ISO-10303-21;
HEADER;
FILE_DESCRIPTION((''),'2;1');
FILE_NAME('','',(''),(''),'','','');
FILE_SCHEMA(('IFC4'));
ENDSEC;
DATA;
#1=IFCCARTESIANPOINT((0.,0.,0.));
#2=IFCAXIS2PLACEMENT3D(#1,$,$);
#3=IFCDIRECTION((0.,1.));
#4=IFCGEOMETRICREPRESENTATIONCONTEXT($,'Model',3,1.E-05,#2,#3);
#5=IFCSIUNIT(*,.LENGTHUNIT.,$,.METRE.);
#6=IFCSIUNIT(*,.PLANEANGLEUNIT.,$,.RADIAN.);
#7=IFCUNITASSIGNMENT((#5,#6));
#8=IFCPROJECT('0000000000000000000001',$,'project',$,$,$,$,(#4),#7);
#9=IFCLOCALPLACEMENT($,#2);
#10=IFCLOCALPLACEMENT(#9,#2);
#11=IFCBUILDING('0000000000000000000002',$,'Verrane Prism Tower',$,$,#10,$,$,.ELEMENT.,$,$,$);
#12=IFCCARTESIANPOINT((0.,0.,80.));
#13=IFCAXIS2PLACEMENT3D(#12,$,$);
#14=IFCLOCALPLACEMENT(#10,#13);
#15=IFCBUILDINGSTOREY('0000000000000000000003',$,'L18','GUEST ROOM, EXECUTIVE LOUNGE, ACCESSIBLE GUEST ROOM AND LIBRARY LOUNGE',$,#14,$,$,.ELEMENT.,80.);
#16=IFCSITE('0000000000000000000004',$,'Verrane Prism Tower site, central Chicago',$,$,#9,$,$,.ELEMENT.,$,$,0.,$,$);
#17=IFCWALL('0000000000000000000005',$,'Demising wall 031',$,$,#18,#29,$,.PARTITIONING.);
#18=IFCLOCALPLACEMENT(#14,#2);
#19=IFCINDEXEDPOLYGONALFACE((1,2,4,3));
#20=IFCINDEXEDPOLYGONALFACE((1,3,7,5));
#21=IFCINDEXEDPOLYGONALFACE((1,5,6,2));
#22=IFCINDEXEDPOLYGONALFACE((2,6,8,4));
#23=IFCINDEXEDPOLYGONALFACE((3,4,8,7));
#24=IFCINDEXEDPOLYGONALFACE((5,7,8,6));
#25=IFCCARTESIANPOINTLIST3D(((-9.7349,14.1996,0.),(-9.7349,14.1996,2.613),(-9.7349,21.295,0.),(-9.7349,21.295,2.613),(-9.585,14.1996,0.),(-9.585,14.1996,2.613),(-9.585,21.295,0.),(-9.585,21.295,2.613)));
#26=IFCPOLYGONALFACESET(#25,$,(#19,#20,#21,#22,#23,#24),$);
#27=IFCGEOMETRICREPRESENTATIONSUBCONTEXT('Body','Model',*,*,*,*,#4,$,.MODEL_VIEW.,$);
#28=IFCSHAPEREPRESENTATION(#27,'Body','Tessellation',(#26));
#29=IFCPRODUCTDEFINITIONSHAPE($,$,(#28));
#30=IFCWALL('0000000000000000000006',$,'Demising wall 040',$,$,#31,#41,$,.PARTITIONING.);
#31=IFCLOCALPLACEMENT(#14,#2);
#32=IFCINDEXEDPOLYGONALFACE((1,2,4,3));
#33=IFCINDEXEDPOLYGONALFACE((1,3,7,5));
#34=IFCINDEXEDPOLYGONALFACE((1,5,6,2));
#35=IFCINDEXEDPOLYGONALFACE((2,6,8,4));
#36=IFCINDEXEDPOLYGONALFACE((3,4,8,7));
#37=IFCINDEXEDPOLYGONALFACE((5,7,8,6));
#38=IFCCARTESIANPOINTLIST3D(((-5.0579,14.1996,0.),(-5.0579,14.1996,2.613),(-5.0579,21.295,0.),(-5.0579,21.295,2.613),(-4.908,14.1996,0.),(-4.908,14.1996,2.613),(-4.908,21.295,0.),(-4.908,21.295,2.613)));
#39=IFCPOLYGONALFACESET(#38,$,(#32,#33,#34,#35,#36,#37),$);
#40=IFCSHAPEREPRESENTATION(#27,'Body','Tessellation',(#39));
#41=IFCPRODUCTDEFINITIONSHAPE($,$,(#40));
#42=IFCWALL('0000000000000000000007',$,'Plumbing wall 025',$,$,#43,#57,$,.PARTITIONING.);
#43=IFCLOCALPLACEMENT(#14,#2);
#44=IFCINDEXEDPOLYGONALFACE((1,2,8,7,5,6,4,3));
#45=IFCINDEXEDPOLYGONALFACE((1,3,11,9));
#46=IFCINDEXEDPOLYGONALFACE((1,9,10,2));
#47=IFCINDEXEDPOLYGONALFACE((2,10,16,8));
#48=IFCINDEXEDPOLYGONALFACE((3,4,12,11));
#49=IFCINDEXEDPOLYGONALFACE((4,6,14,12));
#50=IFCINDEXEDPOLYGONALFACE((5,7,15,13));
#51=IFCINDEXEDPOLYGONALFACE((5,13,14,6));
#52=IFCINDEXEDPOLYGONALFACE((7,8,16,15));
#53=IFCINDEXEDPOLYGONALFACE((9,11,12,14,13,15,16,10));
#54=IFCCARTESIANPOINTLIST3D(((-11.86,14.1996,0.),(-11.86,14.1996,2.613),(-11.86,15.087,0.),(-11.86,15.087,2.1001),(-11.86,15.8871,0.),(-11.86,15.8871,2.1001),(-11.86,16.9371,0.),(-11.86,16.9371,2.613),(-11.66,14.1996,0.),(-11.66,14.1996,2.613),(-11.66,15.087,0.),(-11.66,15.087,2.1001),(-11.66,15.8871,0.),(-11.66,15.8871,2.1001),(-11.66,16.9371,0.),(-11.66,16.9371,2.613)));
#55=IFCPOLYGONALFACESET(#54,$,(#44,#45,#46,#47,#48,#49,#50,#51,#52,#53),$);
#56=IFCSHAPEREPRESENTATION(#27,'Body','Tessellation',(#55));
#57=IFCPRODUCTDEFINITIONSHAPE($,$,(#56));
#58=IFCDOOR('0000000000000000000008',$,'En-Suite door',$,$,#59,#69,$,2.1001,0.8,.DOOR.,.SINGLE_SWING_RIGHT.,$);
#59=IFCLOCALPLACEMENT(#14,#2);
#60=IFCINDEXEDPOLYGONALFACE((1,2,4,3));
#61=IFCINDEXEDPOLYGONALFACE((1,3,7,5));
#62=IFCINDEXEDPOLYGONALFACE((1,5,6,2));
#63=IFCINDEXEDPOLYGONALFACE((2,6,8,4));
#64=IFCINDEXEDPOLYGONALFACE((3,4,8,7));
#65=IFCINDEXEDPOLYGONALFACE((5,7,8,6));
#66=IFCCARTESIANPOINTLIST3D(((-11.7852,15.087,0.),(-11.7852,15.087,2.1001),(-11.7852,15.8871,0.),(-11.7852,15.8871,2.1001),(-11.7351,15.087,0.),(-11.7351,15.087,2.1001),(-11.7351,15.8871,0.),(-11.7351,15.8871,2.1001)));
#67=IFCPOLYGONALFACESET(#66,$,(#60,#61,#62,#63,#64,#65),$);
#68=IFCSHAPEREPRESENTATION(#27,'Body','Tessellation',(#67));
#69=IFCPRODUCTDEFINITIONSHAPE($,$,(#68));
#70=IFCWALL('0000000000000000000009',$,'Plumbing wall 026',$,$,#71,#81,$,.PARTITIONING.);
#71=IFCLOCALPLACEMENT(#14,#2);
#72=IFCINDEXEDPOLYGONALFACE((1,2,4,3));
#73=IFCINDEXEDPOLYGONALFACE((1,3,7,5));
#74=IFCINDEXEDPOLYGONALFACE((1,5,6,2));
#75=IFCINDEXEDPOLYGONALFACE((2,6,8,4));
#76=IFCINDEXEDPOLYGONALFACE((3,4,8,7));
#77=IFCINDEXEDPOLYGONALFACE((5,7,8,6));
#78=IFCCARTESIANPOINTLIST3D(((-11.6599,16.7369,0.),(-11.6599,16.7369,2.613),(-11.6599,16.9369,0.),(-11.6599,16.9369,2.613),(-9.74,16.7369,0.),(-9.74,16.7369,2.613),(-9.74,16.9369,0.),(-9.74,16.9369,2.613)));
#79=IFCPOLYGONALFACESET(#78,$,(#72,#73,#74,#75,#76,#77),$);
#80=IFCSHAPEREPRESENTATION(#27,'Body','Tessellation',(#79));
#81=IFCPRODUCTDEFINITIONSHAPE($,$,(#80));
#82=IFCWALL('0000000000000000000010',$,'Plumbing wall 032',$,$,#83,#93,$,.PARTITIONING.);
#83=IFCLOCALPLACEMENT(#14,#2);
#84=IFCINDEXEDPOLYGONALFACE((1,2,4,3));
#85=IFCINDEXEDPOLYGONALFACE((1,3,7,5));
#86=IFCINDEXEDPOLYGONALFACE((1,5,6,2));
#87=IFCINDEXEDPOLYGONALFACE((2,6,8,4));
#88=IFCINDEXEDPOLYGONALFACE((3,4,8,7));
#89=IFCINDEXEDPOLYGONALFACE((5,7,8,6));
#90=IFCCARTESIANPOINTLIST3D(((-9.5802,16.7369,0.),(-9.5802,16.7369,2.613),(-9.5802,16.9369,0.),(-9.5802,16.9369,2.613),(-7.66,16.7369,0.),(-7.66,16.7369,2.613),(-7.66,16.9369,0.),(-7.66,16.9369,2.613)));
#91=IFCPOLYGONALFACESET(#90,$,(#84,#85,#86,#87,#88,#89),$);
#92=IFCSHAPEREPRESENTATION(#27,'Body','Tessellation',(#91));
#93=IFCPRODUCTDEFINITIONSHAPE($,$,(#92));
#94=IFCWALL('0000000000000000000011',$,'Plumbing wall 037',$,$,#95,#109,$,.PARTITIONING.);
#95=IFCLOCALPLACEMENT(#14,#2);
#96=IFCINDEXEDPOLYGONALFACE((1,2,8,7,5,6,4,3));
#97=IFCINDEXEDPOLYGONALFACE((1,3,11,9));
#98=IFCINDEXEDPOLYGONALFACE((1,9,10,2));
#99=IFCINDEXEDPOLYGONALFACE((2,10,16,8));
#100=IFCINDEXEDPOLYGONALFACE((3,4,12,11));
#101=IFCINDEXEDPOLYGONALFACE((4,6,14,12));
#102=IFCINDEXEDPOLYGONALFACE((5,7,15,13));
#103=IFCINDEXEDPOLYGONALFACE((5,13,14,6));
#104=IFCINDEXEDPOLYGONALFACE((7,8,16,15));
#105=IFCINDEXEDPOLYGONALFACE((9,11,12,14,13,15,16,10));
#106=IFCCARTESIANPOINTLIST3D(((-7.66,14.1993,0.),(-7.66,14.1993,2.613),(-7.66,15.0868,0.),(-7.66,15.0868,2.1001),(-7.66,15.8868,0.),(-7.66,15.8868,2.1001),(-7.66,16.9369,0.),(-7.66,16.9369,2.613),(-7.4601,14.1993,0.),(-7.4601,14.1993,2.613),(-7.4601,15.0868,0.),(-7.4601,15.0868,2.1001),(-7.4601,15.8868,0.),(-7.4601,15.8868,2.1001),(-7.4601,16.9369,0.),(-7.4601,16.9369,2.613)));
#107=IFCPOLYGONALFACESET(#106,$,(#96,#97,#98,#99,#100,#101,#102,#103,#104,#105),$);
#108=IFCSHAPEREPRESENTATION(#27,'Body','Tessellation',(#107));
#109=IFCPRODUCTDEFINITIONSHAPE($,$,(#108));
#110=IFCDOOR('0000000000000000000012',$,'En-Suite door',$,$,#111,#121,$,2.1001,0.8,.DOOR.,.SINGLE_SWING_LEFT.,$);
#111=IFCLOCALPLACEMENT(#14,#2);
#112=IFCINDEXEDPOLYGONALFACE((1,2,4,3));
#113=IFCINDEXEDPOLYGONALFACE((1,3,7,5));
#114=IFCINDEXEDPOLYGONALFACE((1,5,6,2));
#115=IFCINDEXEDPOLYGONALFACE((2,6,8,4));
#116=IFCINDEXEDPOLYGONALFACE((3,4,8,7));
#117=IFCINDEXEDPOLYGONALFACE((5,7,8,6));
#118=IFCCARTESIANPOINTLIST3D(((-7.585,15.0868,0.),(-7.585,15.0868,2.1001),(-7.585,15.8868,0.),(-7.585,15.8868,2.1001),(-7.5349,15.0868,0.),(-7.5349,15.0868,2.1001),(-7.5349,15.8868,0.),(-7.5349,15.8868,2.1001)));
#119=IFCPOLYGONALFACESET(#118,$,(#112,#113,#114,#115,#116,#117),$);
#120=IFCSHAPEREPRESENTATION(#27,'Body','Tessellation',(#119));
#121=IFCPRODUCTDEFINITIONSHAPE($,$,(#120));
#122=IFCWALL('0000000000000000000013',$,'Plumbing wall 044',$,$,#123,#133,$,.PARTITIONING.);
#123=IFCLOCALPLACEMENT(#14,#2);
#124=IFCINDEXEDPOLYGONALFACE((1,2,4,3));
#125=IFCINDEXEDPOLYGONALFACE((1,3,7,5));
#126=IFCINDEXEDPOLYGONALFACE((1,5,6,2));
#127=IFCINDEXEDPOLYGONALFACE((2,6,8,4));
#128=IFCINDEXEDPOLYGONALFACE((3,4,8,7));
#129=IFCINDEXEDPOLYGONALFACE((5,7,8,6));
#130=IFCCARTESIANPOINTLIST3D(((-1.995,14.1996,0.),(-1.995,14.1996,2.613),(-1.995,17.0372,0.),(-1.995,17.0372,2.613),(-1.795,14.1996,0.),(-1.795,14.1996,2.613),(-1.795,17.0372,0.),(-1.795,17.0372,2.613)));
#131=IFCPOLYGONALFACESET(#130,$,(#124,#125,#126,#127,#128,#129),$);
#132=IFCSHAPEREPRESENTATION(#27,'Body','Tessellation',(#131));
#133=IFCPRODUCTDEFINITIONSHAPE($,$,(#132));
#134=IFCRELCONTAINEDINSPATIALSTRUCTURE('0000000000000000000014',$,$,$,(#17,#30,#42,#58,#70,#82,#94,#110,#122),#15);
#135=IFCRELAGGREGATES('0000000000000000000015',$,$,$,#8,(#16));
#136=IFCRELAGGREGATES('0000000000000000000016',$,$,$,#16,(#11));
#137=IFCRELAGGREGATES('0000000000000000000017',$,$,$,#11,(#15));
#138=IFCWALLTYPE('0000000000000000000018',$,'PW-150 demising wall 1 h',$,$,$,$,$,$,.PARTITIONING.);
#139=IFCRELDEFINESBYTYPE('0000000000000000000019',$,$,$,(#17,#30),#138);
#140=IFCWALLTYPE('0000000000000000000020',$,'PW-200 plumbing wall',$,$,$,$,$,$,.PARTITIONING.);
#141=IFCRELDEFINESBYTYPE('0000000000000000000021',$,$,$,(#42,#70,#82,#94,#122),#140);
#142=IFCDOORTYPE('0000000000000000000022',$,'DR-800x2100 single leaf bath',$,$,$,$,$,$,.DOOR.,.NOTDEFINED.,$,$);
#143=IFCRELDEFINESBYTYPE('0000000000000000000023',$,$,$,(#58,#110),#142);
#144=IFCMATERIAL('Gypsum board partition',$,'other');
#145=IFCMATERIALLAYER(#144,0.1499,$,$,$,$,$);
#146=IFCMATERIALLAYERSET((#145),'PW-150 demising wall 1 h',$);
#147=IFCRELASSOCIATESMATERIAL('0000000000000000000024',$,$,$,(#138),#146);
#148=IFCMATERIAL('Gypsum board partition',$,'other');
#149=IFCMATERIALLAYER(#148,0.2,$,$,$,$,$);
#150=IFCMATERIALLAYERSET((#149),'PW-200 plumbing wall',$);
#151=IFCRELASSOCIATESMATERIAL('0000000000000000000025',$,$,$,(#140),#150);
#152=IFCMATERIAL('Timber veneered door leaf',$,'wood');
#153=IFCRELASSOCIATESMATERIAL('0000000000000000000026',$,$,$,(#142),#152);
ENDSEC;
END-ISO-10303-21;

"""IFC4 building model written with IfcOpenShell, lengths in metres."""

from ifc_helpers import new_model, si_unit, direction, frame, frame_2d, origin, place, context, subcontext, project, spatial, rectangle, extrude, material, layer, layer_set, type_object, element, fill, save


model = new_model("IFC4")

# Units and contexts
model_context = context("Model", 3, precision=1e-05, world=origin(), true_north=direction((0.0, 1.0)))
body_context = subcontext(model_context, "Body", "Model", "MODEL_VIEW")
ifc_project = project(units=[si_unit("LENGTHUNIT", "METRE"), si_unit("PLANEANGLEUNIT", "RADIAN")], contexts=[model_context])

# Site, building, storey
site_placement = place(None, origin())
site = spatial("IfcSite", under=ifc_project, at=site_placement, Name="Verrane Prism Tower site, central Chicago", CompositionType="ELEMENT", RefElevation=0.0)
building_placement = place(site_placement, origin())
building = spatial("IfcBuilding", under=site, at=building_placement, Name="Verrane Prism Tower", CompositionType="ELEMENT")
storey_placement = place(building_placement, frame((0.0, 0.0, 80.0)))
storey = spatial("IfcBuildingStorey", under=building, at=storey_placement, Name="L18", Description="GUEST ROOM, EXECUTIVE LOUNGE, ACCESSIBLE GUEST ROOM AND LIBRARY LOUNGE", CompositionType="ELEMENT", Elevation=80.0)

# Walls
ifc_material_1 = material(Name="Gypsum board partition", Category="other")
ifc_layer_1 = layer(ifc_material_1, 0.1499)
ifc_layer_set_1 = layer_set([ifc_layer_1], Name="PW-150 demising wall 1 h")
wall_type_1 = type_object("IfcWallType", Name="PW-150 demising wall 1 h", PredefinedType="PARTITIONING", material=ifc_layer_set_1)
for number, where, z_axis, x_axis, name in (
    (1, (-9.6599, 14.1995, 0.0), (0.0, 0.0, 1.0), (0.0, 1.0, 0.0), "Demising wall 031"),
    (2, (-4.9829, 14.1995, 0.0), (0.0, 0.0, 1.0), (0.0, 1.0, 0.0), "Demising wall 040"),
):
    element("IfcWall", number, at=place(storey_placement, frame(where, z_axis=z_axis, x_axis=x_axis)), inside=storey, type_object=wall_type_1, Name=name, PredefinedType="PARTITIONING", context=body_context, shape_type="SweptSolid", body=[
        extrude(rectangle(XDim=7.0955, YDim=0.1499, at=frame_2d((3.5479, 0.0))), origin(), (0.0, 0.0, 1.0), 2.613),
    ])

# Wall, opening, door
ifc_material_2 = material(Name="Gypsum board partition", Category="other")
ifc_layer_2 = layer(ifc_material_2, 0.2)
ifc_layer_set_2 = layer_set([ifc_layer_2], Name="PW-200 plumbing wall")
wall_type_2 = type_object("IfcWallType", Name="PW-200 plumbing wall", PredefinedType="PARTITIONING", material=ifc_layer_set_2)
wall_1_placement = place(storey_placement, frame((-11.76, 16.937, 0.0), z_axis=(0.0, 0.0, 1.0), x_axis=(0.0, -1.0, 0.0)))
wall_1 = element("IfcWall", 3, at=wall_1_placement, inside=storey, type_object=wall_type_2, Name="Plumbing wall 025", PredefinedType="PARTITIONING", context=body_context, shape_type="SweptSolid", body=[
    extrude(rectangle(XDim=2.7375, YDim=0.2, at=frame_2d((1.3687, 0.0))), origin(), (0.0, 0.0, 1.0), 2.613),
])
opening_1_placement = place(wall_1_placement, frame((1.05, 0.0, 0.0)))
opening_1 = element("IfcOpeningElement", 4, at=opening_1_placement, cuts=wall_1, PredefinedType="OPENING", context=body_context, shape_type="SweptSolid", body=[
    extrude(rectangle(XDim=0.8, YDim=2.1001, at=frame_2d((0.3999, 1.05))), frame((0.0, 0.1099, 0.0), z_axis=(0.0, -1.0, 0.0), x_axis=(1.0, 0.0, 0.0)), (0.0, 0.0, 1.0), 0.22),
])
ifc_material_3 = material(Name="Timber veneered door leaf", Category="wood")
door_type_1 = type_object("IfcDoorType", Name="DR-800x2100 single leaf bath", OperationType="NOTDEFINED", PredefinedType="DOOR", material=ifc_material_3)
door_1_placement = place(opening_1_placement, origin())
door_1 = element("IfcDoor", 5, at=door_1_placement, inside=storey, type_object=door_type_1, Name="En-Suite door", OperationType="SINGLE_SWING_RIGHT", OverallHeight=2.1001, OverallWidth=0.8, PredefinedType="DOOR", context=body_context, shape_type="SweptSolid", body=[
    extrude(rectangle(XDim=0.8, YDim=2.1001, at=frame_2d((0.3999, 1.05))), frame((0.0, 0.0249, 0.0), z_axis=(0.0, -1.0, 0.0), x_axis=(1.0, 0.0, 0.0)), (0.0, 0.0, 1.0), 0.05),
])
fill(opening_1, door_1)

# Walls
wall_2_placement = place(storey_placement, frame((-11.6599, 16.8369, 0.0), z_axis=(0.0, 0.0, 1.0), x_axis=(1.0, 0.0, 0.0)))
element("IfcWall", 6, at=wall_2_placement, inside=storey, type_object=wall_type_2, Name="Plumbing wall 026", PredefinedType="PARTITIONING", context=body_context, shape_type="SweptSolid", body=[
    extrude(rectangle(XDim=1.9199, YDim=0.2, at=frame_2d((0.96, 0.0))), origin(), (0.0, 0.0, 1.0), 2.613),
])
wall_3_placement = place(storey_placement, frame((-9.5801, 16.8369, 0.0), z_axis=(0.0, 0.0, 1.0), x_axis=(1.0, 0.0, 0.0)))
element("IfcWall", 7, at=wall_3_placement, inside=storey, type_object=wall_type_2, Name="Plumbing wall 032", PredefinedType="PARTITIONING", context=body_context, shape_type="SweptSolid", body=[
    extrude(rectangle(XDim=1.9202, YDim=0.2, at=frame_2d((0.96, 0.0))), origin(), (0.0, 0.0, 1.0), 2.613),
])

# Wall, opening, door
wall_4_placement = place(storey_placement, frame((-7.5601, 14.1995, 0.0), z_axis=(0.0, 0.0, 1.0), x_axis=(0.0, 1.0, 0.0)))
wall_4 = element("IfcWall", 8, at=wall_4_placement, inside=storey, type_object=wall_type_2, Name="Plumbing wall 037", PredefinedType="PARTITIONING", context=body_context, shape_type="SweptSolid", body=[
    extrude(rectangle(XDim=2.7375, YDim=0.2, at=frame_2d((1.3687, 0.0))), origin(), (0.0, 0.0, 1.0), 2.613),
])
opening_2_placement = place(wall_4_placement, frame((0.8875, 0.0, 0.0)))
opening_2 = element("IfcOpeningElement", 9, at=opening_2_placement, cuts=wall_4, PredefinedType="OPENING", context=body_context, shape_type="SweptSolid", body=[
    extrude(rectangle(XDim=0.8, YDim=2.1001, at=frame_2d((0.3999, 1.05))), frame((0.0, 0.1099, 0.0), z_axis=(0.0, -1.0, 0.0), x_axis=(1.0, 0.0, 0.0)), (0.0, 0.0, 1.0), 0.22),
])
door_2_placement = place(opening_2_placement, origin())
door_2 = element("IfcDoor", 10, at=door_2_placement, inside=storey, type_object=door_type_1, Name="En-Suite door", OperationType="SINGLE_SWING_LEFT", OverallHeight=2.1001, OverallWidth=0.8, PredefinedType="DOOR", context=body_context, shape_type="SweptSolid", body=[
    extrude(rectangle(XDim=0.8, YDim=2.1001, at=frame_2d((0.3999, 1.05))), frame((0.0, 0.0249, 0.0), z_axis=(0.0, -1.0, 0.0), x_axis=(1.0, 0.0, 0.0)), (0.0, 0.0, 1.0), 0.05),
])
fill(opening_2, door_2)

# Wall
wall_5_placement = place(storey_placement, frame((-1.895, 14.1995, 0.0), z_axis=(0.0, 0.0, 1.0), x_axis=(0.0, 1.0, 0.0)))
element("IfcWall", 11, at=wall_5_placement, inside=storey, type_object=wall_type_2, Name="Plumbing wall 044", PredefinedType="PARTITIONING", context=body_context, shape_type="SweptSolid", body=[
    extrude(rectangle(XDim=2.8376, YDim=0.2, at=frame_2d((1.4189, 0.0))), origin(), (0.0, 0.0, 1.0), 2.613),
])

save(model, "model.ifc")
